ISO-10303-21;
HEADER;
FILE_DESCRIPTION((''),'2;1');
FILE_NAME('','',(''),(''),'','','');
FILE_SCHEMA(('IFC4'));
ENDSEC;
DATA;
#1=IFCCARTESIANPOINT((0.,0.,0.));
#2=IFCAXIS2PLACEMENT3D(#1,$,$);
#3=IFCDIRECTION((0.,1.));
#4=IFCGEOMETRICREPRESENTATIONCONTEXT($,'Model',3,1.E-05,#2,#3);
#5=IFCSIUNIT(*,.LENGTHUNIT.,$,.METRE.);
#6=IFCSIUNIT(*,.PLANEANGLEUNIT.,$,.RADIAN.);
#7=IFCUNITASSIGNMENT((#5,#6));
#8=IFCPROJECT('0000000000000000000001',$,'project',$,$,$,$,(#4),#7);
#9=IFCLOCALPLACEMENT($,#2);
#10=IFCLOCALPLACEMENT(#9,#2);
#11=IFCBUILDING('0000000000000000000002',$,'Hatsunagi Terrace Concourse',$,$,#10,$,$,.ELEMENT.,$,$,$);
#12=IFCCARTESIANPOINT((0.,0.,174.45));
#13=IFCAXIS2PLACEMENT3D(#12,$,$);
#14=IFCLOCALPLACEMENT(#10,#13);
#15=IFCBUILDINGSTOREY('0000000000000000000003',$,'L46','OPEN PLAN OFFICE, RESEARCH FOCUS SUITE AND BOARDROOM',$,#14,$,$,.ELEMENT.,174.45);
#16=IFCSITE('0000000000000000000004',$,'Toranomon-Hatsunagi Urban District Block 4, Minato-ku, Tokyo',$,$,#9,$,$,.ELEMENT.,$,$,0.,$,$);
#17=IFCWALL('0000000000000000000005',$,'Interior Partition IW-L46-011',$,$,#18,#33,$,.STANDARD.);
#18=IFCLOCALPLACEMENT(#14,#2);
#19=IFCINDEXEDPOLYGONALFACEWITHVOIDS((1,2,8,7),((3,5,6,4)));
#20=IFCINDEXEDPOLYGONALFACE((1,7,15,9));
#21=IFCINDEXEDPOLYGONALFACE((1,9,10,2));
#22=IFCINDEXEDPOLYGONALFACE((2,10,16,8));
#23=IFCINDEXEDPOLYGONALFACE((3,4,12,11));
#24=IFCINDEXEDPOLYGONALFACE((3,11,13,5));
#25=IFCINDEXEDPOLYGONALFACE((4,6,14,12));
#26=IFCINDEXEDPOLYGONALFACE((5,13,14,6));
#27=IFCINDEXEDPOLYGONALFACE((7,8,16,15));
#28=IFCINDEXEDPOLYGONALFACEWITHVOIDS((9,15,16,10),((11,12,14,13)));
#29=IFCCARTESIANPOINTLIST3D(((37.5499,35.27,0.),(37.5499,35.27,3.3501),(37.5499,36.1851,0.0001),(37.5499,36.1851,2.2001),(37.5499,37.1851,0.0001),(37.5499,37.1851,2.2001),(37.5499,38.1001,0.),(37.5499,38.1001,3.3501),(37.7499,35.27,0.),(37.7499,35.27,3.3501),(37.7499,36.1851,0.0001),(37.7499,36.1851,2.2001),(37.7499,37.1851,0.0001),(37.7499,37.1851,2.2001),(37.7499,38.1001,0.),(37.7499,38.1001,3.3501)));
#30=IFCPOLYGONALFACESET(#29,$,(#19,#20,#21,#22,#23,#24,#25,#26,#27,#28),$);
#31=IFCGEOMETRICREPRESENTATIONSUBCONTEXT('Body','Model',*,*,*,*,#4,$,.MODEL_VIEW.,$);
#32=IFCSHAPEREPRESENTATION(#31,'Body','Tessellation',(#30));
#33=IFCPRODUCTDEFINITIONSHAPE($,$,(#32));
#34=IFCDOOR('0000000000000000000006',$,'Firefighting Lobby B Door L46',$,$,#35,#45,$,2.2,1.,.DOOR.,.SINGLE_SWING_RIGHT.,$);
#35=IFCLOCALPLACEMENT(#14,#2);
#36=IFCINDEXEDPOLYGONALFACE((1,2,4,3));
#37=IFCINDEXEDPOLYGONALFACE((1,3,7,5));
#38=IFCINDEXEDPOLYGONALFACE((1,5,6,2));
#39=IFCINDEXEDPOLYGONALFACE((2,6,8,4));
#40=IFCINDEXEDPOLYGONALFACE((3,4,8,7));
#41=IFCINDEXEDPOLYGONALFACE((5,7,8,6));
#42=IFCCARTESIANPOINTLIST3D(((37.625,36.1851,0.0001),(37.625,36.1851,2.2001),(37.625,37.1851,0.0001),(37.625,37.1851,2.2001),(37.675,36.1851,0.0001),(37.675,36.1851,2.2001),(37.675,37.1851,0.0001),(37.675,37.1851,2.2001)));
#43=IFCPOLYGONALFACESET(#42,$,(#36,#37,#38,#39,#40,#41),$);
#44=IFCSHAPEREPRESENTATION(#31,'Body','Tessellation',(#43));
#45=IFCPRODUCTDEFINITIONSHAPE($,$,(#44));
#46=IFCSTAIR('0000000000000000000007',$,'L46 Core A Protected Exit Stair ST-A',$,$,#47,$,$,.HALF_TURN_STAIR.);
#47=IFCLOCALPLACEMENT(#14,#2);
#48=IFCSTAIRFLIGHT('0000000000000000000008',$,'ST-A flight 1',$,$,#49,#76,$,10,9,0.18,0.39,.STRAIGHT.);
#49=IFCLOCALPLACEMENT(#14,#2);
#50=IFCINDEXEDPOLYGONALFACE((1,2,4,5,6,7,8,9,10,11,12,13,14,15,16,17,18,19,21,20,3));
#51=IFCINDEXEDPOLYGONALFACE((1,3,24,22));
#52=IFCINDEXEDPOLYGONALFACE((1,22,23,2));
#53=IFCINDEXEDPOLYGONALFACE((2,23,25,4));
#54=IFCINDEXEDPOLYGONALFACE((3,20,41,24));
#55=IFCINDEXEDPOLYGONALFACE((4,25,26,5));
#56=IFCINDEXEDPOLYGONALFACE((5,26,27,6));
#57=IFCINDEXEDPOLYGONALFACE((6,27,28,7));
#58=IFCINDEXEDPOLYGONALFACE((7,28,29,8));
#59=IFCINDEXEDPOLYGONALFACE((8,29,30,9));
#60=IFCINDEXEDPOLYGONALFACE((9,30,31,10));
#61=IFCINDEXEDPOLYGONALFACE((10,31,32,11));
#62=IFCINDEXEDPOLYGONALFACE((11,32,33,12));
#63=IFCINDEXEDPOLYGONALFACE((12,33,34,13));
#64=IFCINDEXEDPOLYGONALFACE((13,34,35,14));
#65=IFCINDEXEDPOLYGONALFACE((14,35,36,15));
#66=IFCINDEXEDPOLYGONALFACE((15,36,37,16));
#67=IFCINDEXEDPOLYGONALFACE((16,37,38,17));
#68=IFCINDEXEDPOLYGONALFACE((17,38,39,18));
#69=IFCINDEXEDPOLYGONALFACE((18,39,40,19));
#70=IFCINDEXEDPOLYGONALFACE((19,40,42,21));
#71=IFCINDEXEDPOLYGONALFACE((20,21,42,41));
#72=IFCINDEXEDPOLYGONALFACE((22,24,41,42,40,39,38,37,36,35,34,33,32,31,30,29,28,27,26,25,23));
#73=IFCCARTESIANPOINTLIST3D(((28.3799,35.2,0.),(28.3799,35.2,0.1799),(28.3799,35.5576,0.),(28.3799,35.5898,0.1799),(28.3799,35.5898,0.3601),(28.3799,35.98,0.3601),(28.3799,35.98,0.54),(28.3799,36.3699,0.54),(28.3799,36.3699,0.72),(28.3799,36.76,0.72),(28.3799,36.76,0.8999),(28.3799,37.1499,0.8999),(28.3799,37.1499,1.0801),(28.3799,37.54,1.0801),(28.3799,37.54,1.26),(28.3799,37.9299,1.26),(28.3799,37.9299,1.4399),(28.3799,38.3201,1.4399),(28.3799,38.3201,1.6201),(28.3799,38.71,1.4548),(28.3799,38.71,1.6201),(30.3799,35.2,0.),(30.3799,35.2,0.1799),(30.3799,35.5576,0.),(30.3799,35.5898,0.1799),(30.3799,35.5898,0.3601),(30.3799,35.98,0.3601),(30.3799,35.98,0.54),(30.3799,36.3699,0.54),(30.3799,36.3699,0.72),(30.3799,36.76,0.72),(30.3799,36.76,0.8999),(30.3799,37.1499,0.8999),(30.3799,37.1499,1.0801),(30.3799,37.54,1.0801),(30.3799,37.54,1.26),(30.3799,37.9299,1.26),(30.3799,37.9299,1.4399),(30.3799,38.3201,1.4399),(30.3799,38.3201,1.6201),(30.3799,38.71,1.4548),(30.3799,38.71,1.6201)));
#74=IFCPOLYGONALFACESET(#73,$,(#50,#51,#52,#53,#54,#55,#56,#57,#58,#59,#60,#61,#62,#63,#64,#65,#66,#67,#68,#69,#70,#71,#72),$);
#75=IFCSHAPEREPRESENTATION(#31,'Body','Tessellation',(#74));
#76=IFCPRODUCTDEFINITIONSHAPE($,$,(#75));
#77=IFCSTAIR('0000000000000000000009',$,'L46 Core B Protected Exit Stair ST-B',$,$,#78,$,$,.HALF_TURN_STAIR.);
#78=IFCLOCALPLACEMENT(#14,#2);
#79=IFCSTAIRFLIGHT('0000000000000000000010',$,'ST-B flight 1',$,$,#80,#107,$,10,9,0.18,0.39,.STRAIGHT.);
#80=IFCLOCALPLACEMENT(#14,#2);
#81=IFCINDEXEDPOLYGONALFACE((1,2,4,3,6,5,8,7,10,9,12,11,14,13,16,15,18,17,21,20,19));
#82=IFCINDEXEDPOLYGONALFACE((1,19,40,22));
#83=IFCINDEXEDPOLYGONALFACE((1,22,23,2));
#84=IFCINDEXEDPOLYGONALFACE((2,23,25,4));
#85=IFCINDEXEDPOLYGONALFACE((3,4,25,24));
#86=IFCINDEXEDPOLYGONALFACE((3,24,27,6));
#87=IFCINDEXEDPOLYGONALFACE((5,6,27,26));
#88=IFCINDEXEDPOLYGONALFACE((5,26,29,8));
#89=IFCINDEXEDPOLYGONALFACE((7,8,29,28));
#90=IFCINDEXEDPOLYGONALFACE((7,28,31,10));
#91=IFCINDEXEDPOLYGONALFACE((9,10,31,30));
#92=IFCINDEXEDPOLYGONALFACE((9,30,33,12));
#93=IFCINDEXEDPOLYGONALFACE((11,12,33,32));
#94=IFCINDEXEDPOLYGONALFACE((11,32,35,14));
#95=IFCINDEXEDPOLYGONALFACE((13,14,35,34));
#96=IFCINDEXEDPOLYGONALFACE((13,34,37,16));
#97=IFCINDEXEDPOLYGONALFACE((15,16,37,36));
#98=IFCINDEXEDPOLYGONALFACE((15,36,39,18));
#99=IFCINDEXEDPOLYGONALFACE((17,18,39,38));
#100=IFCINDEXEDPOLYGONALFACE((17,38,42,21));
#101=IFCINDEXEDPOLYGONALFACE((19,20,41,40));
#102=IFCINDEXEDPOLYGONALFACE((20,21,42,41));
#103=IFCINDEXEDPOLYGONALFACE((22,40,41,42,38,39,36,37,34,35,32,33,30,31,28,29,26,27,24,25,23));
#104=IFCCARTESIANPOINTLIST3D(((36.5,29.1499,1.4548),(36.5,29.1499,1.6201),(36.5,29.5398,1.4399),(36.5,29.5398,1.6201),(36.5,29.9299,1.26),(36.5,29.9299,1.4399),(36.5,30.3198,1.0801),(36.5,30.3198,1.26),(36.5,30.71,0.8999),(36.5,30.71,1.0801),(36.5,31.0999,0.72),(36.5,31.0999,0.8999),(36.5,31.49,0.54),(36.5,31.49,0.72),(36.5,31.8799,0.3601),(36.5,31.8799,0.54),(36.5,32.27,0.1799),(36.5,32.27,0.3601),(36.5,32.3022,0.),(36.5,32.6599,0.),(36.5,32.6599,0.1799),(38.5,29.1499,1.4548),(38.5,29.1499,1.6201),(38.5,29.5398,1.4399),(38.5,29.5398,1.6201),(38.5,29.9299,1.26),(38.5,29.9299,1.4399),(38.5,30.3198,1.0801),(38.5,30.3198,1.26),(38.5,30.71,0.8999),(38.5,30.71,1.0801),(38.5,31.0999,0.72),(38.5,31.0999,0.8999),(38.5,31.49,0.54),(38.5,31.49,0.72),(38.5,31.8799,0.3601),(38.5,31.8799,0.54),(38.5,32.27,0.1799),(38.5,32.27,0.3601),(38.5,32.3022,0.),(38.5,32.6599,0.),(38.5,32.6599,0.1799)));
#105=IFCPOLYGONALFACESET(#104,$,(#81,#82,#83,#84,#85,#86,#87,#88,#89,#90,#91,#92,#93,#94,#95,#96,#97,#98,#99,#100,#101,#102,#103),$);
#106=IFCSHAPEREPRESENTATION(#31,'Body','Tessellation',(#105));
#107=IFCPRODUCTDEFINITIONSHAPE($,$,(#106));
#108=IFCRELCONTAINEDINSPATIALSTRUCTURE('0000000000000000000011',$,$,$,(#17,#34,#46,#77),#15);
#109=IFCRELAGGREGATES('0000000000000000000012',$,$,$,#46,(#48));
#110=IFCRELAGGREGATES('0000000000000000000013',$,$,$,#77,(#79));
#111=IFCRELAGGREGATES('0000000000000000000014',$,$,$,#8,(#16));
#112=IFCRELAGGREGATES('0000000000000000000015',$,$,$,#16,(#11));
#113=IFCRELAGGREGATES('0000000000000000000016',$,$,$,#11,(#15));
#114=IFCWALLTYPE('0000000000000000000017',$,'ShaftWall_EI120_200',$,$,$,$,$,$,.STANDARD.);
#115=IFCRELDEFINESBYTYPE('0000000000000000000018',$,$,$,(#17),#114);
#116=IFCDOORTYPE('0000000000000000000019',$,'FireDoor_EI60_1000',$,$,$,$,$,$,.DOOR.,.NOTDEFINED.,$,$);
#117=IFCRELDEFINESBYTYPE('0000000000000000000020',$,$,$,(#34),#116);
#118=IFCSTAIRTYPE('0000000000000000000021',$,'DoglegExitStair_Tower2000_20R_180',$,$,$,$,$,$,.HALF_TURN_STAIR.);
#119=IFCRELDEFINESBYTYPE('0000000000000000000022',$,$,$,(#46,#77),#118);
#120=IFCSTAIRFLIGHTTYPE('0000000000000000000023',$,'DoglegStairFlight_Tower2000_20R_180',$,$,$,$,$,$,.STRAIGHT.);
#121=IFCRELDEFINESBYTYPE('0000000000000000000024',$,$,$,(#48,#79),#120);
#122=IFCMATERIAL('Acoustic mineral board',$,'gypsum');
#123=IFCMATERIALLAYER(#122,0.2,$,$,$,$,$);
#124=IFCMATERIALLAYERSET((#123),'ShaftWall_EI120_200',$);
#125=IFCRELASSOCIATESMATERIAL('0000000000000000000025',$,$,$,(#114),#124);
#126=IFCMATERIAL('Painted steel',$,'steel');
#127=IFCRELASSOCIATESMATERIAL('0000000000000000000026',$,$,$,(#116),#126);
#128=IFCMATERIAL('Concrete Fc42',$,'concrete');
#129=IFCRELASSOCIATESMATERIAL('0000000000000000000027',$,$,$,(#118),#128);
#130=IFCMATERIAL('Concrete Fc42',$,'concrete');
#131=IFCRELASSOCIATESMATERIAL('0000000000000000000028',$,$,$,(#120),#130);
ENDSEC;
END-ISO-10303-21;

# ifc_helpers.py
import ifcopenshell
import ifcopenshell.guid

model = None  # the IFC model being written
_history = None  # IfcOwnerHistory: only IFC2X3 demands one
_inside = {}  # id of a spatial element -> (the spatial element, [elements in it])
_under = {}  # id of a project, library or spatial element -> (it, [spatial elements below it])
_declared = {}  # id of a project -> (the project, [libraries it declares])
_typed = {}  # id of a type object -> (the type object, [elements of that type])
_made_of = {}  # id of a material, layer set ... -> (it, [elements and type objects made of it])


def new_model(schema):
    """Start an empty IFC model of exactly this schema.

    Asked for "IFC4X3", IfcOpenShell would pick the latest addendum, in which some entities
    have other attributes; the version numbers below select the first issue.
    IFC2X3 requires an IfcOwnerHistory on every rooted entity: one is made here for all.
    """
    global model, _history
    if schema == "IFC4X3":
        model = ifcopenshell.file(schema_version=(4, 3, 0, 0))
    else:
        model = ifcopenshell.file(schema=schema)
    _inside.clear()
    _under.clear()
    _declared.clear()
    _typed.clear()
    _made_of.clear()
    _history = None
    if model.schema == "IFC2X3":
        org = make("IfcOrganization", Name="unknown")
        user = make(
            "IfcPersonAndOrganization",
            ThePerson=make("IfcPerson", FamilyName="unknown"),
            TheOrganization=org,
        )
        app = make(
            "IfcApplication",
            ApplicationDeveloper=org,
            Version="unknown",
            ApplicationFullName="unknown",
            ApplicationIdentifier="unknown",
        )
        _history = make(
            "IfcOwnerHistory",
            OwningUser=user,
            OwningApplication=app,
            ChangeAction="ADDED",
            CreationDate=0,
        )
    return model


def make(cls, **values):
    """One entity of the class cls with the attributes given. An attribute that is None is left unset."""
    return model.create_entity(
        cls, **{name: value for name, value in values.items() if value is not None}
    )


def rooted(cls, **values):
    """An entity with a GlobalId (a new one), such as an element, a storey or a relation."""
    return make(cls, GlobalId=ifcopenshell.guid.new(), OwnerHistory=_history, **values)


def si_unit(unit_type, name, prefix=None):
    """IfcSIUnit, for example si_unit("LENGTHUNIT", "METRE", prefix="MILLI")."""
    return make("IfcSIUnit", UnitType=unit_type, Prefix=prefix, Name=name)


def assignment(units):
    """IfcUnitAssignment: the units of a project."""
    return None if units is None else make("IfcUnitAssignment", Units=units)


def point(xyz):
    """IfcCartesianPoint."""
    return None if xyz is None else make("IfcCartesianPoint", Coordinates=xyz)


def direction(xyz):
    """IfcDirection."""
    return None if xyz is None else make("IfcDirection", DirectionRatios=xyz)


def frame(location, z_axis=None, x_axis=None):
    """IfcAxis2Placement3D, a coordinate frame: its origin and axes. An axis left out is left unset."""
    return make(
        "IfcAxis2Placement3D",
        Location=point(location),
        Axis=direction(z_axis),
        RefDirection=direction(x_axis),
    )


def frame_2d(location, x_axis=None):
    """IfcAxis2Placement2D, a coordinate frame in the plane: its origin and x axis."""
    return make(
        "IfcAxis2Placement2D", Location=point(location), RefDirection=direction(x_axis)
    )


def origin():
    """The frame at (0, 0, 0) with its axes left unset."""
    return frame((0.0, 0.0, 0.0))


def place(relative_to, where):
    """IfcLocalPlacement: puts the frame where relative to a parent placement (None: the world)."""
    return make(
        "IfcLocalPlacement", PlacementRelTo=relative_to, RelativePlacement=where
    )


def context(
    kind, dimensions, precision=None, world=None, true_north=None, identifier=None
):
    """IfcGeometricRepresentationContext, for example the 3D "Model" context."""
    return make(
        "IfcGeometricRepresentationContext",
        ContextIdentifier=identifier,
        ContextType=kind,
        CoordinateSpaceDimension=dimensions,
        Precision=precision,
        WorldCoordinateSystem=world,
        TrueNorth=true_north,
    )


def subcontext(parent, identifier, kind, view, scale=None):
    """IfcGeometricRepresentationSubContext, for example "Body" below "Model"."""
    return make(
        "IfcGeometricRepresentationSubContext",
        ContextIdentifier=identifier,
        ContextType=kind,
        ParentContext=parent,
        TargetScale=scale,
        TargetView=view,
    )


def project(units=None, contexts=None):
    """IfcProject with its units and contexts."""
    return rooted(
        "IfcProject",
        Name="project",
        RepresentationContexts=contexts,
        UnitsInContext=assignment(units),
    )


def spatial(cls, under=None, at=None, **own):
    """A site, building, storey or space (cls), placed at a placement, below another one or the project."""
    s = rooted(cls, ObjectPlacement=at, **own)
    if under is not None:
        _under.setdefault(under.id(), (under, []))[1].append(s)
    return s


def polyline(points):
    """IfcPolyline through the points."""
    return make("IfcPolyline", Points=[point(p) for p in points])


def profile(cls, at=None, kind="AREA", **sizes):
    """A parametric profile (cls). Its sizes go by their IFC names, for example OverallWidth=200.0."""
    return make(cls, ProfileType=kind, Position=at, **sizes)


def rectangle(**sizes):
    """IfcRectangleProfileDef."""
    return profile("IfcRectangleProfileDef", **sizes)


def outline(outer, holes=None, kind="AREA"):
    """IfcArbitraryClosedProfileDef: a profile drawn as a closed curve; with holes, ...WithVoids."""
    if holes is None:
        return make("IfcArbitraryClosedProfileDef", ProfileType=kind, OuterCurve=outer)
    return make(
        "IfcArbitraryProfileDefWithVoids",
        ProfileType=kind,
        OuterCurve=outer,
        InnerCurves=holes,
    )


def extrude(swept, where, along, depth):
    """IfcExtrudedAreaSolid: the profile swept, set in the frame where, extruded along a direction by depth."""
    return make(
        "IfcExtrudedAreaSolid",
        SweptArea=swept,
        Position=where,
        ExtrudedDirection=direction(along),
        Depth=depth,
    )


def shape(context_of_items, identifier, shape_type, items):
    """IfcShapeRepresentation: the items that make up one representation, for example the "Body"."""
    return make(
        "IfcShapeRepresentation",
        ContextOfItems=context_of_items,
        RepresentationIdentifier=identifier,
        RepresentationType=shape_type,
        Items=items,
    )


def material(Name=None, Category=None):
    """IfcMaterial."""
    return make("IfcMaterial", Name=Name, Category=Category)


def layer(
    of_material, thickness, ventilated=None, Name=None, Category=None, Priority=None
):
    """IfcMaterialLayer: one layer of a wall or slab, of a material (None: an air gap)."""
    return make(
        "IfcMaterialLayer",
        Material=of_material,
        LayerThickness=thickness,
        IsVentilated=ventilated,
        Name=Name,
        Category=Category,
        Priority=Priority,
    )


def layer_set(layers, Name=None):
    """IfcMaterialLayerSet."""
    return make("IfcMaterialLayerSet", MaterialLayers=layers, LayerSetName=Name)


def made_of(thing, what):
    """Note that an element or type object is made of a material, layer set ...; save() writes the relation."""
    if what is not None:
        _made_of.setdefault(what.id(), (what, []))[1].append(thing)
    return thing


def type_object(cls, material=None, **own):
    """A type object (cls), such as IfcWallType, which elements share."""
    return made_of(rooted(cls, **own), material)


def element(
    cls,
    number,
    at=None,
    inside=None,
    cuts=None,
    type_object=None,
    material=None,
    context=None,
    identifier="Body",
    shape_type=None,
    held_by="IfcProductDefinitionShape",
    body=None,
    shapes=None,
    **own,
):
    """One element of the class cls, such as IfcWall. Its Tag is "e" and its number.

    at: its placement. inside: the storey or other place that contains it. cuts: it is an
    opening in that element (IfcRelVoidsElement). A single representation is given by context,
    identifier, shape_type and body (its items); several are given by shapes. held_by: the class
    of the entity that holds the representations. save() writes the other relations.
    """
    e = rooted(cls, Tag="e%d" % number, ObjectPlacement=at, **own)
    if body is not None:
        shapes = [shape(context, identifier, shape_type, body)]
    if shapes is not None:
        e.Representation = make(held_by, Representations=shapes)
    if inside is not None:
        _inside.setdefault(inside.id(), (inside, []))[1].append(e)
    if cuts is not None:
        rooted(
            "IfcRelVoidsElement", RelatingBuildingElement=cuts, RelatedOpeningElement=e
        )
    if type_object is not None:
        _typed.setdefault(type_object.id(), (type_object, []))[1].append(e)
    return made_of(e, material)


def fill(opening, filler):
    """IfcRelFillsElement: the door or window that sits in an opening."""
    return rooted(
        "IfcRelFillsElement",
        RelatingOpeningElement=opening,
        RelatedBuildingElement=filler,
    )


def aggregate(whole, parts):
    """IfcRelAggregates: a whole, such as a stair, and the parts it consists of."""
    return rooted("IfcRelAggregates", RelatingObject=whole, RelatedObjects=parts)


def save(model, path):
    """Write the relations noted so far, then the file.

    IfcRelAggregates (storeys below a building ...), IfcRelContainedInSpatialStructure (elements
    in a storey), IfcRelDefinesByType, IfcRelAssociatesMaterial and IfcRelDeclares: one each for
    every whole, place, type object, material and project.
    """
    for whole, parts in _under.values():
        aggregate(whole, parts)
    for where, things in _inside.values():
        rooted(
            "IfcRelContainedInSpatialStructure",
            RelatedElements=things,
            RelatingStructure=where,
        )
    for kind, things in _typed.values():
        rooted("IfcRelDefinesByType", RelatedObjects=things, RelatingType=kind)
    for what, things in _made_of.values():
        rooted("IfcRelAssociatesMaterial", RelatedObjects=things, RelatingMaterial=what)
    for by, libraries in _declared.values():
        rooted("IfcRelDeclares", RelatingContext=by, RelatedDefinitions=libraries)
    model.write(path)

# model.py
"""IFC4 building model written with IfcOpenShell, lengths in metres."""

from ifc_helpers import new_model, si_unit, direction, frame, frame_2d, origin, place, context, subcontext, project, spatial, polyline, rectangle, outline, extrude, material, layer, layer_set, type_object, element, fill, aggregate, save


model = new_model("IFC4")

# Units and contexts
model_context = context("Model", 3, precision=1e-05, world=origin(), true_north=direction((0.0, 1.0)))
body_context = subcontext(model_context, "Body", "Model", "MODEL_VIEW")
ifc_project = project(units=[si_unit("LENGTHUNIT", "METRE"), si_unit("PLANEANGLEUNIT", "RADIAN")], contexts=[model_context])

# Site, building, storey
site_placement = place(None, origin())
site = spatial("IfcSite", under=ifc_project, at=site_placement, Name="Toranomon-Hatsunagi Urban District Block 4, Minato-ku, Tokyo", CompositionType="ELEMENT", RefElevation=0.0)
building_placement = place(site_placement, origin())
building = spatial("IfcBuilding", under=site, at=building_placement, Name="Hatsunagi Terrace Concourse", CompositionType="ELEMENT")
storey_placement = place(building_placement, frame((0.0, 0.0, 174.45)))
storey = spatial("IfcBuildingStorey", under=building, at=storey_placement, Name="L46", Description="OPEN PLAN OFFICE, RESEARCH FOCUS SUITE AND BOARDROOM", CompositionType="ELEMENT", Elevation=174.45)

# Wall, opening, door
ifc_material_1 = material(Name="Acoustic mineral board", Category="gypsum")
ifc_layer_1 = layer(ifc_material_1, 0.2)
ifc_layer_set_1 = layer_set([ifc_layer_1], Name="ShaftWall_EI120_200")
wall_type_1 = type_object("IfcWallType", Name="ShaftWall_EI120_200", PredefinedType="STANDARD", material=ifc_layer_set_1)
ifc_material_2 = material(Name="Painted steel", Category="steel")
door_type_1 = type_object("IfcDoorType", Name="FireDoor_EI60_1000", OperationType="NOTDEFINED", PredefinedType="DOOR", material=ifc_material_2)
wall_1_placement = place(storey_placement, frame((37.6499, 35.27, 0.0), z_axis=(0.0, 0.0, 1.0), x_axis=(0.0, 1.0, 0.0)))
wall_1 = element("IfcWall", 1, at=wall_1_placement, inside=storey, type_object=wall_type_1, Name="Interior Partition IW-L46-011", PredefinedType="STANDARD", context=body_context, shape_type="SweptSolid", body=[
    extrude(rectangle(XDim=2.8301, YDim=0.2, at=frame_2d((1.415, 0.0))), origin(), (0.0, 0.0, 1.0), 3.3501),
])
opening_1_placement = place(wall_1_placement, frame((0.915, 0.0, 0.0)))
opening_1 = element("IfcOpeningElement", 2, at=opening_1_placement, cuts=wall_1, PredefinedType="OPENING", context=body_context, shape_type="SweptSolid", body=[
    extrude(rectangle(XDim=1.0, YDim=2.2, at=frame_2d((0.5, 1.1001))), frame((0.0, 0.1099, 0.0), z_axis=(0.0, -1.0, 0.0), x_axis=(1.0, 0.0, 0.0)), (0.0, 0.0, 1.0), 0.22),
])
door_1_placement = place(opening_1_placement, origin())
door_1 = element("IfcDoor", 3, at=door_1_placement, inside=storey, type_object=door_type_1, Name="Firefighting Lobby B Door L46", OperationType="SINGLE_SWING_RIGHT", OverallHeight=2.2, OverallWidth=1.0, PredefinedType="DOOR", context=body_context, shape_type="SweptSolid", body=[
    extrude(rectangle(XDim=1.0, YDim=2.2, at=frame_2d((0.5, 1.1001))), frame((0.0, 0.0249, 0.0), z_axis=(0.0, -1.0, 0.0), x_axis=(1.0, 0.0, 0.0)), (0.0, 0.0, 1.0), 0.05),
])
fill(opening_1, door_1)

# Stairs, stair flights
ifc_material_3 = material(Name="Concrete Fc42", Category="concrete")
stair_type = type_object("IfcStairType", Name="DoglegExitStair_Tower2000_20R_180", PredefinedType="HALF_TURN_STAIR", material=ifc_material_3)
stair_1_placement = place(storey_placement, origin())
stair_1 = element("IfcStair", 4, at=stair_1_placement, inside=storey, type_object=stair_type, Name="L46 Core A Protected Exit Stair ST-A", PredefinedType="HALF_TURN_STAIR")
ifc_material_4 = material(Name="Concrete Fc42", Category="concrete")
stair_flight_type = type_object("IfcStairFlightType", Name="DoglegStairFlight_Tower2000_20R_180", PredefinedType="STRAIGHT", material=ifc_material_4)
stair_flight_1_placement = place(storey_placement, frame((29.3799, 35.2, 0.0), z_axis=(0.0, 0.0, 1.0), x_axis=(0.0, 1.0, 0.0)))
stair_flight_1 = element("IfcStairFlight", 5, at=stair_flight_1_placement, type_object=stair_flight_type, Name="ST-A flight 1", NumberOfRisers=10, NumberOfTreads=9, PredefinedType="STRAIGHT", RiserHeight=0.18, TreadLength=0.39, context=body_context, shape_type="SweptSolid", body=[
    extrude(outline(polyline([(0.0, 0.0), (0.0, 0.1799), (0.3899, 0.1799), (0.3899, 0.3601), (0.78, 0.3601), (0.78, 0.54), (1.1699, 0.54), (1.1699, 0.72), (1.5601, 0.72), (1.5601, 0.8999), (1.95, 0.8999), (1.95, 1.0801), (2.3401, 1.0801), (2.3401, 1.26), (2.73, 1.26), (2.73, 1.4399), (3.1201, 1.4399), (3.1201, 1.6201), (3.51, 1.6201), (3.51, 1.8), (3.51, 1.4548), (0.3577, 0.0), (0.0, 0.0)])), frame((0.0, 1.0, 0.0), z_axis=(0.0, -1.0, 0.0), x_axis=(1.0, 0.0, 0.0)), (0.0, 0.0, 1.0), 2.0),
])
aggregate(stair_1, [stair_flight_1])
stair_2_placement = place(storey_placement, origin())
stair_2 = element("IfcStair", 6, at=stair_2_placement, inside=storey, type_object=stair_type, Name="L46 Core B Protected Exit Stair ST-B", PredefinedType="HALF_TURN_STAIR")
stair_flight_2_placement = place(storey_placement, frame((37.5, 32.6599, 0.0), z_axis=(0.0, 0.0, 1.0), x_axis=(0.0, -1.0, 0.0)))
stair_flight_2 = element("IfcStairFlight", 7, at=stair_flight_2_placement, type_object=stair_flight_type, Name="ST-B flight 1", NumberOfRisers=10, NumberOfTreads=9, PredefinedType="STRAIGHT", RiserHeight=0.18, TreadLength=0.39, context=body_context, shape_type="SweptSolid", body=[
    extrude(outline(polyline([(0.0, 0.0), (0.0, 0.1799), (0.3899, 0.1799), (0.3899, 0.3601), (0.78, 0.3601), (0.78, 0.54), (1.1699, 0.54), (1.1699, 0.72), (1.5601, 0.72), (1.5601, 0.8999), (1.95, 0.8999), (1.95, 1.0801), (2.3401, 1.0801), (2.3401, 1.26), (2.73, 1.26), (2.73, 1.4399), (3.1201, 1.4399), (3.1201, 1.6201), (3.51, 1.6201), (3.51, 1.8), (3.51, 1.4548), (0.3577, 0.0), (0.0, 0.0)])), frame((0.0, 1.0, 0.0), z_axis=(0.0, -1.0, 0.0), x_axis=(1.0, 0.0, 0.0)), (0.0, 0.0, 1.0), 2.0),
])
aggregate(stair_2, [stair_flight_2])

save(model, "model.ifc")
